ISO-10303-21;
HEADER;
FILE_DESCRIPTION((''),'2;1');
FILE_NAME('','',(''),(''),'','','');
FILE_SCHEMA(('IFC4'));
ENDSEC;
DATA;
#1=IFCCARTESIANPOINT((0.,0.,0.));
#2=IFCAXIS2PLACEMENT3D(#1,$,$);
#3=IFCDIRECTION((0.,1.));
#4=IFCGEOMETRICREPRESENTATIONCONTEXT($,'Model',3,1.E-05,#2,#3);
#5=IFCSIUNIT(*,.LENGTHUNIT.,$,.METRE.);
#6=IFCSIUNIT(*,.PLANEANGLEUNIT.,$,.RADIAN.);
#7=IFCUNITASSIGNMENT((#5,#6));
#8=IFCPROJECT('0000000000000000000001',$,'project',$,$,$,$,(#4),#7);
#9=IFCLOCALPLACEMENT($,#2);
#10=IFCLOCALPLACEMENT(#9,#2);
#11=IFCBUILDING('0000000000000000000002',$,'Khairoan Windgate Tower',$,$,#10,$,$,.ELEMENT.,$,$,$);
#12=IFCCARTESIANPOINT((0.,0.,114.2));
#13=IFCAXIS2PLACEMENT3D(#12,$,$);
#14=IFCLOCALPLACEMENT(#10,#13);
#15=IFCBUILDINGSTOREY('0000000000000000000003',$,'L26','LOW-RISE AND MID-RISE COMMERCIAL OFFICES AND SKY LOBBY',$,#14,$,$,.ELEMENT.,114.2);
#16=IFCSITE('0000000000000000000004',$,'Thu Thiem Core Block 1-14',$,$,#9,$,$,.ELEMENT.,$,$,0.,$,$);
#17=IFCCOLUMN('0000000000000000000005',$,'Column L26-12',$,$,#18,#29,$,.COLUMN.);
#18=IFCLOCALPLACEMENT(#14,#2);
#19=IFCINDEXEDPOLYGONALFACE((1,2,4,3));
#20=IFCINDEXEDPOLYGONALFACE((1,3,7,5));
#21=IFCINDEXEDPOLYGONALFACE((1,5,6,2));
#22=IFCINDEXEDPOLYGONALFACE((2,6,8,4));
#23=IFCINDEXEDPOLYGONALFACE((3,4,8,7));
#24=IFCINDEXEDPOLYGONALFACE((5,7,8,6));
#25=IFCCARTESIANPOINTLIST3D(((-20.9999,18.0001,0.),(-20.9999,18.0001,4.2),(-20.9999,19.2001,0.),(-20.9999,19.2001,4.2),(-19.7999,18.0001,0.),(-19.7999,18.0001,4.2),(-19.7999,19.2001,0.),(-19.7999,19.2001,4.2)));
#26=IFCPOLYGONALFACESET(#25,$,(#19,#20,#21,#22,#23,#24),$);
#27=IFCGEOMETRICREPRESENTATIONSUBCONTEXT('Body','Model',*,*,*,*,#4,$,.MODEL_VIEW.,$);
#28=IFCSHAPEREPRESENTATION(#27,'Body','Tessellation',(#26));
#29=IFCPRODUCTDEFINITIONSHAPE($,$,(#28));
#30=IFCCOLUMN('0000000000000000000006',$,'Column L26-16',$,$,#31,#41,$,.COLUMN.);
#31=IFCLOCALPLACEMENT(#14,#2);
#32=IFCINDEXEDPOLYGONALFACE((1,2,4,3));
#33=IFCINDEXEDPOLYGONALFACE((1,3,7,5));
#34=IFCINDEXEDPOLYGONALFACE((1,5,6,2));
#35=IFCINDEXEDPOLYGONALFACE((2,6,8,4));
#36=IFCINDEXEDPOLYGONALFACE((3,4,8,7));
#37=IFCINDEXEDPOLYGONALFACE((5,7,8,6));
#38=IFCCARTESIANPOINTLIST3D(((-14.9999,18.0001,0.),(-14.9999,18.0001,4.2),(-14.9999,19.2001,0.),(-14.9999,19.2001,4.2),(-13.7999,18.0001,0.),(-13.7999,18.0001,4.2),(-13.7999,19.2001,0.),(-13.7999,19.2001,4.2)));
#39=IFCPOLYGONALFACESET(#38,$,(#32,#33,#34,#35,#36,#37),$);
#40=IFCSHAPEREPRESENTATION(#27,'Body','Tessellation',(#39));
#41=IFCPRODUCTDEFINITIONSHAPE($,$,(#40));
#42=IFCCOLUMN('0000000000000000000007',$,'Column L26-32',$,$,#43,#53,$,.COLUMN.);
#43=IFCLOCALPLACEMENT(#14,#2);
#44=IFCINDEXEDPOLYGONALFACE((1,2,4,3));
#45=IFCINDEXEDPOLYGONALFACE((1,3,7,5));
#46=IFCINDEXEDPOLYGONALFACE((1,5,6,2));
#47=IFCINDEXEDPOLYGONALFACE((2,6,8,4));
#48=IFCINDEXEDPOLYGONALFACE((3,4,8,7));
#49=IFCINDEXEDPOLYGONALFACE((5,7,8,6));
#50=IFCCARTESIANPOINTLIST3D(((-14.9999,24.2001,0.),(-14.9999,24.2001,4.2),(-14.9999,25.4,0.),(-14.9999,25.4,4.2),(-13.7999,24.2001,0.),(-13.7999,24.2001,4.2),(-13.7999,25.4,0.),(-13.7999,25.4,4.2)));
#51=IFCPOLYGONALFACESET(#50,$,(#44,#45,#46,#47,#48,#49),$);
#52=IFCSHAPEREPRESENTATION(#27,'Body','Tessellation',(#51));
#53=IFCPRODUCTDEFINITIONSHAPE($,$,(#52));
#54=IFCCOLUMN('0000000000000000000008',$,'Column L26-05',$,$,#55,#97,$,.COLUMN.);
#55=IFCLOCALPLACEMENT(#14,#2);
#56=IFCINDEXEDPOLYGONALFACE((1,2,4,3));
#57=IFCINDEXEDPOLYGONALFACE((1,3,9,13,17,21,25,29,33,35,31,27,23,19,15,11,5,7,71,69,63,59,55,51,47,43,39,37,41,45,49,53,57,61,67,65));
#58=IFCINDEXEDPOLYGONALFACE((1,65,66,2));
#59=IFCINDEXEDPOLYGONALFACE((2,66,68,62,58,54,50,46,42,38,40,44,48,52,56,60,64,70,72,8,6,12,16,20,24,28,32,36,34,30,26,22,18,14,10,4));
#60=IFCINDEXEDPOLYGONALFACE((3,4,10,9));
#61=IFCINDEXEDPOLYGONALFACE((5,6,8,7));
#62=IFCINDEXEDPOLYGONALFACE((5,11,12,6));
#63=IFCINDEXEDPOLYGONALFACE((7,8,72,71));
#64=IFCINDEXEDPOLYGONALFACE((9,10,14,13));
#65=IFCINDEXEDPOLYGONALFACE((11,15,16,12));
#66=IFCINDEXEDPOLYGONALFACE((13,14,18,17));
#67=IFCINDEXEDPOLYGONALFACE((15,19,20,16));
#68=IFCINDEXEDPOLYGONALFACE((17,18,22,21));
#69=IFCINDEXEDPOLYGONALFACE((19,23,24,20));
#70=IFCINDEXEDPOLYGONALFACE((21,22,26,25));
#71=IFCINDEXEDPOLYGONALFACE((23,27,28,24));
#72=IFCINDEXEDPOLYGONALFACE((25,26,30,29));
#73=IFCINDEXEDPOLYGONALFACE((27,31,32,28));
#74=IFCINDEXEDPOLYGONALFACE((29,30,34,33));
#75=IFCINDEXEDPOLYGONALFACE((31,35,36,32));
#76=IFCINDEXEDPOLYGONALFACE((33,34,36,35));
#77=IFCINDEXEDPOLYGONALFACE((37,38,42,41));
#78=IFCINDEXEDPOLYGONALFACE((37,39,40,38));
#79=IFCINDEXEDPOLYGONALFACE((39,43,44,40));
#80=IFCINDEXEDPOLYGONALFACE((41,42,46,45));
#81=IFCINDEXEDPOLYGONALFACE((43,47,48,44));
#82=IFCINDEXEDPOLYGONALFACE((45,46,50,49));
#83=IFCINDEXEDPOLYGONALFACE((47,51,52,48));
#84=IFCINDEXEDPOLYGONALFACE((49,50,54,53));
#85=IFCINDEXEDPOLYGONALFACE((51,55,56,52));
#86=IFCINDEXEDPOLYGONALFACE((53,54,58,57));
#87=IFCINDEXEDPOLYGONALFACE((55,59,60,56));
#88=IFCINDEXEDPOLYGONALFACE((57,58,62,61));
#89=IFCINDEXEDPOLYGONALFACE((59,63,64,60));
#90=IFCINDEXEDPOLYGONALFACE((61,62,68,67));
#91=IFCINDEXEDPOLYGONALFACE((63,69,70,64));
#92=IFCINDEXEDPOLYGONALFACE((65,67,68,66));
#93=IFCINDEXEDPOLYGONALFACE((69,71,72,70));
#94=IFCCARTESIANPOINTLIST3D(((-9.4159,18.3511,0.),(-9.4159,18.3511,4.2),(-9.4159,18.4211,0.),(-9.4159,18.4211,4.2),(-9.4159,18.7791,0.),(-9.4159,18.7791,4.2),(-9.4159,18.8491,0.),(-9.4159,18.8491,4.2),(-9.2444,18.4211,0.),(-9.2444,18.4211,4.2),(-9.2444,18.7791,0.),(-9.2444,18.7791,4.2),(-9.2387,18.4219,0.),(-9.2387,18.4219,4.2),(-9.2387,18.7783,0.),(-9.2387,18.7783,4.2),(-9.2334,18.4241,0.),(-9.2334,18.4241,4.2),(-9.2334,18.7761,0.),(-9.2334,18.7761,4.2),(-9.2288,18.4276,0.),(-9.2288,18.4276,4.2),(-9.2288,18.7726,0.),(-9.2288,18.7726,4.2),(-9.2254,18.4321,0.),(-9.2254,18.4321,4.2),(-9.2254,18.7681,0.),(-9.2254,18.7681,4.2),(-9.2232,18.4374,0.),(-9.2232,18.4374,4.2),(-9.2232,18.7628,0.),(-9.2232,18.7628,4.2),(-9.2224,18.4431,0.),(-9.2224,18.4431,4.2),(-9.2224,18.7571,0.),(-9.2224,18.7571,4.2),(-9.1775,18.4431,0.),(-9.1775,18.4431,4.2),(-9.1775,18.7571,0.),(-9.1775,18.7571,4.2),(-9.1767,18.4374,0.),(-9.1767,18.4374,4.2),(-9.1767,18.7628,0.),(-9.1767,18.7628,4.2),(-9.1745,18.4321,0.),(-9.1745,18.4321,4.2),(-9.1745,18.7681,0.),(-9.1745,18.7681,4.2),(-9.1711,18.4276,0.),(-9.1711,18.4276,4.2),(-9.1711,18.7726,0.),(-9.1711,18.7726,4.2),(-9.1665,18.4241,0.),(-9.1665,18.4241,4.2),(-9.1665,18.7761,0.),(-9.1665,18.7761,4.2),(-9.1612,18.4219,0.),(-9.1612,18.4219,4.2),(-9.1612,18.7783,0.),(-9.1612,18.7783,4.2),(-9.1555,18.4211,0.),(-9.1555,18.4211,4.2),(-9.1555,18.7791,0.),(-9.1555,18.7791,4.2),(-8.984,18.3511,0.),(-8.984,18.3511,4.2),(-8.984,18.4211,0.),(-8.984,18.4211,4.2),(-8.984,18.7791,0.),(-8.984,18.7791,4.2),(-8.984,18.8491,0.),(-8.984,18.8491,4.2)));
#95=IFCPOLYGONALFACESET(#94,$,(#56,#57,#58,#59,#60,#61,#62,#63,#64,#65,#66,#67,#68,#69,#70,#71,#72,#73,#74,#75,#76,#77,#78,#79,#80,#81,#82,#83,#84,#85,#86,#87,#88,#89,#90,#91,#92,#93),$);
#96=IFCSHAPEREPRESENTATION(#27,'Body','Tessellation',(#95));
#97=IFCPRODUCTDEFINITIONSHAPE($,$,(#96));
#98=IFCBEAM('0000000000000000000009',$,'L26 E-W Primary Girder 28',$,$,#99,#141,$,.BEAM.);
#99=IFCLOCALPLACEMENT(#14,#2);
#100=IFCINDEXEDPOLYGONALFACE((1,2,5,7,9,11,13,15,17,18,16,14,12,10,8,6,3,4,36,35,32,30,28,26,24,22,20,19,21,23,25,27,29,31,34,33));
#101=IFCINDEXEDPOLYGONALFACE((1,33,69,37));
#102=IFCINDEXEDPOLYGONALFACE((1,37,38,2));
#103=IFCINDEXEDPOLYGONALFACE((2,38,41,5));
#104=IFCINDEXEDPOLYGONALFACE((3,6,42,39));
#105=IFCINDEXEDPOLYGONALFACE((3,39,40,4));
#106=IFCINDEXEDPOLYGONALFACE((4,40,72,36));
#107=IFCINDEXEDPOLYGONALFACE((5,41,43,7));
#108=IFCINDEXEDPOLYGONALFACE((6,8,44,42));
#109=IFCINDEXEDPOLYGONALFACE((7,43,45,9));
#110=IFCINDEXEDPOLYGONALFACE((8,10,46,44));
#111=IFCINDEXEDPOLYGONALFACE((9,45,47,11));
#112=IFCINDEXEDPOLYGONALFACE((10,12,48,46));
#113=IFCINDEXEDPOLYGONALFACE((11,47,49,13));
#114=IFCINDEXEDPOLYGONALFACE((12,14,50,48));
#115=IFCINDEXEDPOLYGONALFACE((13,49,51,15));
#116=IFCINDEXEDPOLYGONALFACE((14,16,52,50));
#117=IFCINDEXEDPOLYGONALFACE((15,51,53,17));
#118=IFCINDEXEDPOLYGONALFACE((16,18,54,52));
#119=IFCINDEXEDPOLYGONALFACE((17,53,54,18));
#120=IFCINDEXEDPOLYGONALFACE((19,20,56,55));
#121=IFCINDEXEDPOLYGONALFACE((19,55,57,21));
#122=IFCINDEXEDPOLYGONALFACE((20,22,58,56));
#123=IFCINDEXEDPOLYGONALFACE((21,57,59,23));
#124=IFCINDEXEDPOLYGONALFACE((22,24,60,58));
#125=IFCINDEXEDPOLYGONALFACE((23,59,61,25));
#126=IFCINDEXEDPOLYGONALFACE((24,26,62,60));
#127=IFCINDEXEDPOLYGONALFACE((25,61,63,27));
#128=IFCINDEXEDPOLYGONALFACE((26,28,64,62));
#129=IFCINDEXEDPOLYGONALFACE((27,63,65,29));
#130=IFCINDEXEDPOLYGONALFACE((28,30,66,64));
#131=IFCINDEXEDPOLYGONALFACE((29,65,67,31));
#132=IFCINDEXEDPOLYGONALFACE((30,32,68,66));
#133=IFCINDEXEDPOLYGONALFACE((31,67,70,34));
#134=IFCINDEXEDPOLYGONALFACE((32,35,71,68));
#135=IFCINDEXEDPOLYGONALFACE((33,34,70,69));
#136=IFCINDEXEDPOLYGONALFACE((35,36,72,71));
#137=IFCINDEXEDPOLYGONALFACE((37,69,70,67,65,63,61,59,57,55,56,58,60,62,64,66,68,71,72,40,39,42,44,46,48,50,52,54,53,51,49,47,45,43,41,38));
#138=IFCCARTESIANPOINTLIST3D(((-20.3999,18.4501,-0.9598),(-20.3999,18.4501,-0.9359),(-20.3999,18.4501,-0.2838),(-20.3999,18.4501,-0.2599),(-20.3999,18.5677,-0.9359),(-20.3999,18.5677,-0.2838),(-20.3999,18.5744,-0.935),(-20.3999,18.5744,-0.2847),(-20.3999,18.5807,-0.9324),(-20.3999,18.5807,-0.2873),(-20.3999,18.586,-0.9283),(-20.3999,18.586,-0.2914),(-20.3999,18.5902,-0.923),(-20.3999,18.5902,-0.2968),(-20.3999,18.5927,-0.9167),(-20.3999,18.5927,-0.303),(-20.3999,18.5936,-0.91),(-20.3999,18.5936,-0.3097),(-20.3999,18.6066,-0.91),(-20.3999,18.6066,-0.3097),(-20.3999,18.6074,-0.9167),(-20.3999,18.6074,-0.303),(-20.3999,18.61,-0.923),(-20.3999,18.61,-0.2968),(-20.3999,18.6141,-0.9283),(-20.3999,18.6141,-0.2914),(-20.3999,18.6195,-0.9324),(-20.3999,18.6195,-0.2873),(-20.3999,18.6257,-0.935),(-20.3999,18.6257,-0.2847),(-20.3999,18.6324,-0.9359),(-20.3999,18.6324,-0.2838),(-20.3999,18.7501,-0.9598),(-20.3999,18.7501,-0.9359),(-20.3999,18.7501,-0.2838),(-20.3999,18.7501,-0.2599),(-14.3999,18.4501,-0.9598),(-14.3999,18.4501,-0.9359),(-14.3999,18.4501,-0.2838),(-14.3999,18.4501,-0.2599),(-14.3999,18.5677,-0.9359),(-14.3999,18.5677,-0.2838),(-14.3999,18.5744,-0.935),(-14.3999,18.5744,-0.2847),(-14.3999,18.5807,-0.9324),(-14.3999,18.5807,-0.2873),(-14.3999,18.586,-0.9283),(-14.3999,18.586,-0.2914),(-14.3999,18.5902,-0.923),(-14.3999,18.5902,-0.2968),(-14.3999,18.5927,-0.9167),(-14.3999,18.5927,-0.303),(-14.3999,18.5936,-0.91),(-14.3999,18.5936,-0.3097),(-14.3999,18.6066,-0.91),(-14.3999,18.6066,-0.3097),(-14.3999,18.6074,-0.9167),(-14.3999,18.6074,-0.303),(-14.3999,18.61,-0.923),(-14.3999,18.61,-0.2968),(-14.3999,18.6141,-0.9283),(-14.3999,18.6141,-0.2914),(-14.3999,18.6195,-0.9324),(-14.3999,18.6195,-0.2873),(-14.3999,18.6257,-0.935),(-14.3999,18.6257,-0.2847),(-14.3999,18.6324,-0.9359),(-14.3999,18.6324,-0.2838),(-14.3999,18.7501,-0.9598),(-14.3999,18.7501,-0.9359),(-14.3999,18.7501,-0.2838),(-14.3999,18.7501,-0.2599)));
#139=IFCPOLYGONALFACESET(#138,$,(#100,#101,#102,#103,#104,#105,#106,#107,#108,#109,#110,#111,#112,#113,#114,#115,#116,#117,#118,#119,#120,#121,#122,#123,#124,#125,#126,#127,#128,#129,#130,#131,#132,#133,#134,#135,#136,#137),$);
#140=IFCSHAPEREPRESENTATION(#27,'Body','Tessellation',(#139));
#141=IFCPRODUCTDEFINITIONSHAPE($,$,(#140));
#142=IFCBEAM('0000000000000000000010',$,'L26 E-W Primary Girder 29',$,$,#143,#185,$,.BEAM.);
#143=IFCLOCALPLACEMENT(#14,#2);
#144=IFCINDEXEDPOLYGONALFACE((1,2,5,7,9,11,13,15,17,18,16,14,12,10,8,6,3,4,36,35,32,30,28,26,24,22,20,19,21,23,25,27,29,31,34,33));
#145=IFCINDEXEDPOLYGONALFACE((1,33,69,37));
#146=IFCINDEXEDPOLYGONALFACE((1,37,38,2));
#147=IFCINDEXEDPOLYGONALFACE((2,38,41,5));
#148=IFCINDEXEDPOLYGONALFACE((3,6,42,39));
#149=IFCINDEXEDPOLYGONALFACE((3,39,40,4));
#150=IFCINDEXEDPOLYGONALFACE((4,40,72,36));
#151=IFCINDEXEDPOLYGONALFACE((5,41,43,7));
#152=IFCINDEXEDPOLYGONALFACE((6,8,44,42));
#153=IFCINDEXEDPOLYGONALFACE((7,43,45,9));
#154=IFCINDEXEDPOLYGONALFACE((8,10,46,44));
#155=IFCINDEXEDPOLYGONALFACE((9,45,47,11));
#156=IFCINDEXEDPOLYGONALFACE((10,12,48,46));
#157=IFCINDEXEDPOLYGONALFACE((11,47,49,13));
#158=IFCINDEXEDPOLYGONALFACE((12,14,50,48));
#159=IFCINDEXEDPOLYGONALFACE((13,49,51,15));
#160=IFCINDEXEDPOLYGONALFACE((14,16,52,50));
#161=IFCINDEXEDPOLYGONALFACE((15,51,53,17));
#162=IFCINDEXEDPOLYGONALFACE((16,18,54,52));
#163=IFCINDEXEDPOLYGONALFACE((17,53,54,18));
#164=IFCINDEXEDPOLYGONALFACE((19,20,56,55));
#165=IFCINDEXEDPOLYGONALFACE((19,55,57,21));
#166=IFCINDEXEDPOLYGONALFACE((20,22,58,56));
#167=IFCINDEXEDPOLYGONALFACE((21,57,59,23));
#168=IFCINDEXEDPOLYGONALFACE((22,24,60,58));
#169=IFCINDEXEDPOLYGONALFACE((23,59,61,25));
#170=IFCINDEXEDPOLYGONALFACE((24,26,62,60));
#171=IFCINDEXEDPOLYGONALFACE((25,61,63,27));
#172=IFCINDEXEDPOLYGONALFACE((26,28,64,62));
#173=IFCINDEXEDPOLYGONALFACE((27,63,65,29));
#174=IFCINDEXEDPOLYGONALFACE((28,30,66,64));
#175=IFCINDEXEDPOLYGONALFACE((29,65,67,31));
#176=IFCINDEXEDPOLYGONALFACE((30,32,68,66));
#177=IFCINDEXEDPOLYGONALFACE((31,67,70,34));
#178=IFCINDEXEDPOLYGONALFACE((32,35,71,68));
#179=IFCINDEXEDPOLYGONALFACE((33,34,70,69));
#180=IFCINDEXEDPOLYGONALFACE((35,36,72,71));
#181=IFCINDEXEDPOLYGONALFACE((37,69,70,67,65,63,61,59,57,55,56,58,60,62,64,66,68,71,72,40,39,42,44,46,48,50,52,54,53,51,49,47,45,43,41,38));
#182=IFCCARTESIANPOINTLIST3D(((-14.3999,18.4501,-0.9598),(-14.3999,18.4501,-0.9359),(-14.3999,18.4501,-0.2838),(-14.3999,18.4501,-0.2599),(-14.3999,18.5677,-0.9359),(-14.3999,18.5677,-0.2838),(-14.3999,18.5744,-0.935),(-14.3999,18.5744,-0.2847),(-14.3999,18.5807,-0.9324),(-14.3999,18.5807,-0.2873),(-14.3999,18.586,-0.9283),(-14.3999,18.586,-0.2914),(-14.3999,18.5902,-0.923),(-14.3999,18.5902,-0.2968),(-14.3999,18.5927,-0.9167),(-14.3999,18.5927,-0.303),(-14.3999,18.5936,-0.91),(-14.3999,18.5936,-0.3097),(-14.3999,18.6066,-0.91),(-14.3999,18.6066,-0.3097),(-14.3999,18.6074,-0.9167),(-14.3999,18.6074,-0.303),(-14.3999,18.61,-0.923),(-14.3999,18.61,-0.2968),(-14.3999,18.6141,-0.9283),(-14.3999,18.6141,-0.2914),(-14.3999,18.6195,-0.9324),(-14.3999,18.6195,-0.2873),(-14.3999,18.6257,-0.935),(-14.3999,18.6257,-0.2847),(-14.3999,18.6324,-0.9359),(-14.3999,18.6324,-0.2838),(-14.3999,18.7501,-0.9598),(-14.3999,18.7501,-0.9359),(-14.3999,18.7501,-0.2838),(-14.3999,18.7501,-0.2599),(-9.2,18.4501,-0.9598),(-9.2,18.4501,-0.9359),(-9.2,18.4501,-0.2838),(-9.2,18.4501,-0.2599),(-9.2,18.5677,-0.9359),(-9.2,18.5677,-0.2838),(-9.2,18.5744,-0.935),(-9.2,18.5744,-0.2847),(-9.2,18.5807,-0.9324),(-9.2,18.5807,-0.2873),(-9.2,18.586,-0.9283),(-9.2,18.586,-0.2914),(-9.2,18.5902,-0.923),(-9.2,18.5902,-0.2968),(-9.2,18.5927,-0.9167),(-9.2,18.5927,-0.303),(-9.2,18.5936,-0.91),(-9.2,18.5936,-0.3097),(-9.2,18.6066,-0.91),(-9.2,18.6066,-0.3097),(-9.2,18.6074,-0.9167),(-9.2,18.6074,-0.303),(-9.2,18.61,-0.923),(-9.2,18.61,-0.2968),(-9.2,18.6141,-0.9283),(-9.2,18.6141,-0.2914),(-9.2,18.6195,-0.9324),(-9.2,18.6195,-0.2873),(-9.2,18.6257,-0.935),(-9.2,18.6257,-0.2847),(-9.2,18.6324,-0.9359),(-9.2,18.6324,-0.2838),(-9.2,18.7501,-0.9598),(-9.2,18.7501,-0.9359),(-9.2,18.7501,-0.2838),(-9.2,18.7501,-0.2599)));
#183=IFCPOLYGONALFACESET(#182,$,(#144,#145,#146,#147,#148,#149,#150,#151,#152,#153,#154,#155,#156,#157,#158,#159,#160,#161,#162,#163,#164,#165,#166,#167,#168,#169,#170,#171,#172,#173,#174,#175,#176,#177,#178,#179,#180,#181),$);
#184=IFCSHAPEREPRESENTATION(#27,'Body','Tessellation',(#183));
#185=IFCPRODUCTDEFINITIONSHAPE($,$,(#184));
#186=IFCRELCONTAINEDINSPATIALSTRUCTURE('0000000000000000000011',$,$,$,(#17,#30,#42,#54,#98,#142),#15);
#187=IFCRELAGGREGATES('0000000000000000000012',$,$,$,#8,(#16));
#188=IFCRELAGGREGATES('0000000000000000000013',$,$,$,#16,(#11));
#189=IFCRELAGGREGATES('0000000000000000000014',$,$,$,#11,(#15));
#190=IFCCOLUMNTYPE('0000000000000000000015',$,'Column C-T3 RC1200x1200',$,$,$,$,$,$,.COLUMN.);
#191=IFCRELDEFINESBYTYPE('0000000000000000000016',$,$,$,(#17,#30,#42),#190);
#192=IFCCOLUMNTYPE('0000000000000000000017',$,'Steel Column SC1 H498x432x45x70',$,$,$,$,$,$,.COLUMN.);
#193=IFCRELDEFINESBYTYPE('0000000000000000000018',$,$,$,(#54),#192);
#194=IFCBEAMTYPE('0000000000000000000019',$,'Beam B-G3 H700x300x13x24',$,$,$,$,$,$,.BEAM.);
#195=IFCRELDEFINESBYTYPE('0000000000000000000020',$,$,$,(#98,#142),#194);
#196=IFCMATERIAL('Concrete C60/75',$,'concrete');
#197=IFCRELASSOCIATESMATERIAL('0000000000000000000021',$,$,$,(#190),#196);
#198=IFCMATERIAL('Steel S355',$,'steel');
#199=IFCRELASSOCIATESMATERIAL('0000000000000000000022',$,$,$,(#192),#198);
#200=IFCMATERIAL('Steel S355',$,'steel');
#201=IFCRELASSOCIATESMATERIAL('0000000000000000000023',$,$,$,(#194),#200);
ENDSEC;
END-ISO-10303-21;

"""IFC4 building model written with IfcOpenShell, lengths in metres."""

from ifc_helpers import new_model, si_unit, direction, frame, origin, origin_2d, place, context, subcontext, project, spatial, rectangle, i_section, extrude, material, material_profile, profile_set, type_object, element, save


model = new_model("IFC4")

# Units and contexts
model_context = context("Model", 3, precision=1e-05, world=origin(), true_north=direction((0.0, 1.0)))
body_context = subcontext(model_context, "Body", "Model", "MODEL_VIEW")
ifc_project = project(units=[si_unit("LENGTHUNIT", "METRE"), si_unit("PLANEANGLEUNIT", "RADIAN")], contexts=[model_context])

# Site, building, storey
site_placement = place(None, origin())
site = spatial("IfcSite", under=ifc_project, at=site_placement, Name="Thu Thiem Core Block 1-14", CompositionType="ELEMENT", RefElevation=0.0)
building_placement = place(site_placement, origin())
building = spatial("IfcBuilding", under=site, at=building_placement, Name="Khairoan Windgate Tower", CompositionType="ELEMENT")
storey_placement = place(building_placement, frame((0.0, 0.0, 114.2)))
storey = spatial("IfcBuildingStorey", under=building, at=storey_placement, Name="L26", Description="LOW-RISE AND MID-RISE COMMERCIAL OFFICES AND SKY LOBBY", CompositionType="ELEMENT", Elevation=114.2)

# Columns
ifc_material_1 = material(Name="Concrete C60/75", Category="concrete")
ifc_material_profile_1 = material_profile(ifc_material_1, rectangle(XDim=1.2, YDim=1.2, at=origin_2d()))
ifc_profile_set_1 = profile_set([ifc_material_profile_1], Name="Concrete C60/75")
column_type_1 = type_object("IfcColumnType", Name="Column C-T3 RC1200x1200", PredefinedType="COLUMN", material=ifc_profile_set_1)
for number, where, z_axis, x_axis, name in (
    (1, (-20.3999, 18.6001, 0.0), (0.0, 0.0, 1.0), (1.0, 0.0, 0.0), "Column L26-12"),
    (2, (-14.3999, 18.6001, 0.0), (0.0, 0.0, 1.0), (1.0, 0.0, 0.0), "Column L26-16"),
    (3, (-14.3999, 24.8, 0.0), (0.0, 0.0, 1.0), (1.0, 0.0, 0.0), "Column L26-32"),
):
    element("IfcColumn", number, at=place(storey_placement, frame(where, z_axis=z_axis, x_axis=x_axis)), inside=storey, type_object=column_type_1, Name=name, PredefinedType="COLUMN", context=body_context, shape_type="SweptSolid", body=[
        extrude(rectangle(XDim=1.2, YDim=1.2, at=origin_2d()), origin(), (0.0, 0.0, 1.0), 4.2),
    ])
ifc_material_2 = material(Name="Steel S355", Category="steel")
ifc_material_profile_2 = material_profile(ifc_material_2, i_section(OverallWidth=0.4319, OverallDepth=0.498, WebThickness=0.0449, FlangeThickness=0.0701, FilletRadius=0.022, at=origin_2d()))
ifc_profile_set_2 = profile_set([ifc_material_profile_2], Name="Steel S355")
column_type_2 = type_object("IfcColumnType", Name="Steel Column SC1 H498x432x45x70", PredefinedType="COLUMN", material=ifc_profile_set_2)
column_placement = place(storey_placement, frame((-9.2, 18.6001, 0.0), z_axis=(0.0, 0.0, 1.0), x_axis=(1.0, 0.0, 0.0)))
element("IfcColumn", 4, at=column_placement, inside=storey, type_object=column_type_2, Name="Column L26-05", PredefinedType="COLUMN", context=body_context, shape_type="SweptSolid", body=[
    extrude(i_section(OverallWidth=0.4319, OverallDepth=0.498, WebThickness=0.0449, FlangeThickness=0.0701, FilletRadius=0.022, at=origin_2d()), origin(), (0.0, 0.0, 1.0), 4.2),
])

# Beams
ifc_material_3 = material(Name="Steel S355", Category="steel")
ifc_material_profile_3 = material_profile(ifc_material_3, i_section(OverallWidth=0.3, OverallDepth=0.7, WebThickness=0.0129, FlangeThickness=0.0239, FilletRadius=0.0259, at=origin_2d()))
ifc_profile_set_3 = profile_set([ifc_material_profile_3], Name="Steel S355")
beam_type = type_object("IfcBeamType", Name="Beam B-G3 H700x300x13x24", PredefinedType="BEAM", material=ifc_profile_set_3)
beam_1_placement = place(storey_placement, frame((-20.3999, 18.6001, -0.6099), z_axis=(1.0, 0.0, 0.0), x_axis=(0.0, 1.0, 0.0)))
element("IfcBeam", 5, at=beam_1_placement, inside=storey, type_object=beam_type, Name="L26 E-W Primary Girder 28", PredefinedType="BEAM", context=body_context, shape_type="SweptSolid", body=[
    extrude(i_section(OverallWidth=0.3, OverallDepth=0.7, WebThickness=0.0129, FlangeThickness=0.0239, FilletRadius=0.0259, at=origin_2d()), origin(), (0.0, 0.0, 1.0), 6.0),
])
beam_2_placement = place(storey_placement, frame((-14.3999, 18.6001, -0.6099), z_axis=(1.0, 0.0, 0.0), x_axis=(0.0, 1.0, 0.0)))
element("IfcBeam", 6, at=beam_2_placement, inside=storey, type_object=beam_type, Name="L26 E-W Primary Girder 29", PredefinedType="BEAM", context=body_context, shape_type="SweptSolid", body=[
    extrude(i_section(OverallWidth=0.3, OverallDepth=0.7, WebThickness=0.0129, FlangeThickness=0.0239, FilletRadius=0.0259, at=origin_2d()), origin(), (0.0, 0.0, 1.0), 5.2),
])

save(model, "model.ifc")
